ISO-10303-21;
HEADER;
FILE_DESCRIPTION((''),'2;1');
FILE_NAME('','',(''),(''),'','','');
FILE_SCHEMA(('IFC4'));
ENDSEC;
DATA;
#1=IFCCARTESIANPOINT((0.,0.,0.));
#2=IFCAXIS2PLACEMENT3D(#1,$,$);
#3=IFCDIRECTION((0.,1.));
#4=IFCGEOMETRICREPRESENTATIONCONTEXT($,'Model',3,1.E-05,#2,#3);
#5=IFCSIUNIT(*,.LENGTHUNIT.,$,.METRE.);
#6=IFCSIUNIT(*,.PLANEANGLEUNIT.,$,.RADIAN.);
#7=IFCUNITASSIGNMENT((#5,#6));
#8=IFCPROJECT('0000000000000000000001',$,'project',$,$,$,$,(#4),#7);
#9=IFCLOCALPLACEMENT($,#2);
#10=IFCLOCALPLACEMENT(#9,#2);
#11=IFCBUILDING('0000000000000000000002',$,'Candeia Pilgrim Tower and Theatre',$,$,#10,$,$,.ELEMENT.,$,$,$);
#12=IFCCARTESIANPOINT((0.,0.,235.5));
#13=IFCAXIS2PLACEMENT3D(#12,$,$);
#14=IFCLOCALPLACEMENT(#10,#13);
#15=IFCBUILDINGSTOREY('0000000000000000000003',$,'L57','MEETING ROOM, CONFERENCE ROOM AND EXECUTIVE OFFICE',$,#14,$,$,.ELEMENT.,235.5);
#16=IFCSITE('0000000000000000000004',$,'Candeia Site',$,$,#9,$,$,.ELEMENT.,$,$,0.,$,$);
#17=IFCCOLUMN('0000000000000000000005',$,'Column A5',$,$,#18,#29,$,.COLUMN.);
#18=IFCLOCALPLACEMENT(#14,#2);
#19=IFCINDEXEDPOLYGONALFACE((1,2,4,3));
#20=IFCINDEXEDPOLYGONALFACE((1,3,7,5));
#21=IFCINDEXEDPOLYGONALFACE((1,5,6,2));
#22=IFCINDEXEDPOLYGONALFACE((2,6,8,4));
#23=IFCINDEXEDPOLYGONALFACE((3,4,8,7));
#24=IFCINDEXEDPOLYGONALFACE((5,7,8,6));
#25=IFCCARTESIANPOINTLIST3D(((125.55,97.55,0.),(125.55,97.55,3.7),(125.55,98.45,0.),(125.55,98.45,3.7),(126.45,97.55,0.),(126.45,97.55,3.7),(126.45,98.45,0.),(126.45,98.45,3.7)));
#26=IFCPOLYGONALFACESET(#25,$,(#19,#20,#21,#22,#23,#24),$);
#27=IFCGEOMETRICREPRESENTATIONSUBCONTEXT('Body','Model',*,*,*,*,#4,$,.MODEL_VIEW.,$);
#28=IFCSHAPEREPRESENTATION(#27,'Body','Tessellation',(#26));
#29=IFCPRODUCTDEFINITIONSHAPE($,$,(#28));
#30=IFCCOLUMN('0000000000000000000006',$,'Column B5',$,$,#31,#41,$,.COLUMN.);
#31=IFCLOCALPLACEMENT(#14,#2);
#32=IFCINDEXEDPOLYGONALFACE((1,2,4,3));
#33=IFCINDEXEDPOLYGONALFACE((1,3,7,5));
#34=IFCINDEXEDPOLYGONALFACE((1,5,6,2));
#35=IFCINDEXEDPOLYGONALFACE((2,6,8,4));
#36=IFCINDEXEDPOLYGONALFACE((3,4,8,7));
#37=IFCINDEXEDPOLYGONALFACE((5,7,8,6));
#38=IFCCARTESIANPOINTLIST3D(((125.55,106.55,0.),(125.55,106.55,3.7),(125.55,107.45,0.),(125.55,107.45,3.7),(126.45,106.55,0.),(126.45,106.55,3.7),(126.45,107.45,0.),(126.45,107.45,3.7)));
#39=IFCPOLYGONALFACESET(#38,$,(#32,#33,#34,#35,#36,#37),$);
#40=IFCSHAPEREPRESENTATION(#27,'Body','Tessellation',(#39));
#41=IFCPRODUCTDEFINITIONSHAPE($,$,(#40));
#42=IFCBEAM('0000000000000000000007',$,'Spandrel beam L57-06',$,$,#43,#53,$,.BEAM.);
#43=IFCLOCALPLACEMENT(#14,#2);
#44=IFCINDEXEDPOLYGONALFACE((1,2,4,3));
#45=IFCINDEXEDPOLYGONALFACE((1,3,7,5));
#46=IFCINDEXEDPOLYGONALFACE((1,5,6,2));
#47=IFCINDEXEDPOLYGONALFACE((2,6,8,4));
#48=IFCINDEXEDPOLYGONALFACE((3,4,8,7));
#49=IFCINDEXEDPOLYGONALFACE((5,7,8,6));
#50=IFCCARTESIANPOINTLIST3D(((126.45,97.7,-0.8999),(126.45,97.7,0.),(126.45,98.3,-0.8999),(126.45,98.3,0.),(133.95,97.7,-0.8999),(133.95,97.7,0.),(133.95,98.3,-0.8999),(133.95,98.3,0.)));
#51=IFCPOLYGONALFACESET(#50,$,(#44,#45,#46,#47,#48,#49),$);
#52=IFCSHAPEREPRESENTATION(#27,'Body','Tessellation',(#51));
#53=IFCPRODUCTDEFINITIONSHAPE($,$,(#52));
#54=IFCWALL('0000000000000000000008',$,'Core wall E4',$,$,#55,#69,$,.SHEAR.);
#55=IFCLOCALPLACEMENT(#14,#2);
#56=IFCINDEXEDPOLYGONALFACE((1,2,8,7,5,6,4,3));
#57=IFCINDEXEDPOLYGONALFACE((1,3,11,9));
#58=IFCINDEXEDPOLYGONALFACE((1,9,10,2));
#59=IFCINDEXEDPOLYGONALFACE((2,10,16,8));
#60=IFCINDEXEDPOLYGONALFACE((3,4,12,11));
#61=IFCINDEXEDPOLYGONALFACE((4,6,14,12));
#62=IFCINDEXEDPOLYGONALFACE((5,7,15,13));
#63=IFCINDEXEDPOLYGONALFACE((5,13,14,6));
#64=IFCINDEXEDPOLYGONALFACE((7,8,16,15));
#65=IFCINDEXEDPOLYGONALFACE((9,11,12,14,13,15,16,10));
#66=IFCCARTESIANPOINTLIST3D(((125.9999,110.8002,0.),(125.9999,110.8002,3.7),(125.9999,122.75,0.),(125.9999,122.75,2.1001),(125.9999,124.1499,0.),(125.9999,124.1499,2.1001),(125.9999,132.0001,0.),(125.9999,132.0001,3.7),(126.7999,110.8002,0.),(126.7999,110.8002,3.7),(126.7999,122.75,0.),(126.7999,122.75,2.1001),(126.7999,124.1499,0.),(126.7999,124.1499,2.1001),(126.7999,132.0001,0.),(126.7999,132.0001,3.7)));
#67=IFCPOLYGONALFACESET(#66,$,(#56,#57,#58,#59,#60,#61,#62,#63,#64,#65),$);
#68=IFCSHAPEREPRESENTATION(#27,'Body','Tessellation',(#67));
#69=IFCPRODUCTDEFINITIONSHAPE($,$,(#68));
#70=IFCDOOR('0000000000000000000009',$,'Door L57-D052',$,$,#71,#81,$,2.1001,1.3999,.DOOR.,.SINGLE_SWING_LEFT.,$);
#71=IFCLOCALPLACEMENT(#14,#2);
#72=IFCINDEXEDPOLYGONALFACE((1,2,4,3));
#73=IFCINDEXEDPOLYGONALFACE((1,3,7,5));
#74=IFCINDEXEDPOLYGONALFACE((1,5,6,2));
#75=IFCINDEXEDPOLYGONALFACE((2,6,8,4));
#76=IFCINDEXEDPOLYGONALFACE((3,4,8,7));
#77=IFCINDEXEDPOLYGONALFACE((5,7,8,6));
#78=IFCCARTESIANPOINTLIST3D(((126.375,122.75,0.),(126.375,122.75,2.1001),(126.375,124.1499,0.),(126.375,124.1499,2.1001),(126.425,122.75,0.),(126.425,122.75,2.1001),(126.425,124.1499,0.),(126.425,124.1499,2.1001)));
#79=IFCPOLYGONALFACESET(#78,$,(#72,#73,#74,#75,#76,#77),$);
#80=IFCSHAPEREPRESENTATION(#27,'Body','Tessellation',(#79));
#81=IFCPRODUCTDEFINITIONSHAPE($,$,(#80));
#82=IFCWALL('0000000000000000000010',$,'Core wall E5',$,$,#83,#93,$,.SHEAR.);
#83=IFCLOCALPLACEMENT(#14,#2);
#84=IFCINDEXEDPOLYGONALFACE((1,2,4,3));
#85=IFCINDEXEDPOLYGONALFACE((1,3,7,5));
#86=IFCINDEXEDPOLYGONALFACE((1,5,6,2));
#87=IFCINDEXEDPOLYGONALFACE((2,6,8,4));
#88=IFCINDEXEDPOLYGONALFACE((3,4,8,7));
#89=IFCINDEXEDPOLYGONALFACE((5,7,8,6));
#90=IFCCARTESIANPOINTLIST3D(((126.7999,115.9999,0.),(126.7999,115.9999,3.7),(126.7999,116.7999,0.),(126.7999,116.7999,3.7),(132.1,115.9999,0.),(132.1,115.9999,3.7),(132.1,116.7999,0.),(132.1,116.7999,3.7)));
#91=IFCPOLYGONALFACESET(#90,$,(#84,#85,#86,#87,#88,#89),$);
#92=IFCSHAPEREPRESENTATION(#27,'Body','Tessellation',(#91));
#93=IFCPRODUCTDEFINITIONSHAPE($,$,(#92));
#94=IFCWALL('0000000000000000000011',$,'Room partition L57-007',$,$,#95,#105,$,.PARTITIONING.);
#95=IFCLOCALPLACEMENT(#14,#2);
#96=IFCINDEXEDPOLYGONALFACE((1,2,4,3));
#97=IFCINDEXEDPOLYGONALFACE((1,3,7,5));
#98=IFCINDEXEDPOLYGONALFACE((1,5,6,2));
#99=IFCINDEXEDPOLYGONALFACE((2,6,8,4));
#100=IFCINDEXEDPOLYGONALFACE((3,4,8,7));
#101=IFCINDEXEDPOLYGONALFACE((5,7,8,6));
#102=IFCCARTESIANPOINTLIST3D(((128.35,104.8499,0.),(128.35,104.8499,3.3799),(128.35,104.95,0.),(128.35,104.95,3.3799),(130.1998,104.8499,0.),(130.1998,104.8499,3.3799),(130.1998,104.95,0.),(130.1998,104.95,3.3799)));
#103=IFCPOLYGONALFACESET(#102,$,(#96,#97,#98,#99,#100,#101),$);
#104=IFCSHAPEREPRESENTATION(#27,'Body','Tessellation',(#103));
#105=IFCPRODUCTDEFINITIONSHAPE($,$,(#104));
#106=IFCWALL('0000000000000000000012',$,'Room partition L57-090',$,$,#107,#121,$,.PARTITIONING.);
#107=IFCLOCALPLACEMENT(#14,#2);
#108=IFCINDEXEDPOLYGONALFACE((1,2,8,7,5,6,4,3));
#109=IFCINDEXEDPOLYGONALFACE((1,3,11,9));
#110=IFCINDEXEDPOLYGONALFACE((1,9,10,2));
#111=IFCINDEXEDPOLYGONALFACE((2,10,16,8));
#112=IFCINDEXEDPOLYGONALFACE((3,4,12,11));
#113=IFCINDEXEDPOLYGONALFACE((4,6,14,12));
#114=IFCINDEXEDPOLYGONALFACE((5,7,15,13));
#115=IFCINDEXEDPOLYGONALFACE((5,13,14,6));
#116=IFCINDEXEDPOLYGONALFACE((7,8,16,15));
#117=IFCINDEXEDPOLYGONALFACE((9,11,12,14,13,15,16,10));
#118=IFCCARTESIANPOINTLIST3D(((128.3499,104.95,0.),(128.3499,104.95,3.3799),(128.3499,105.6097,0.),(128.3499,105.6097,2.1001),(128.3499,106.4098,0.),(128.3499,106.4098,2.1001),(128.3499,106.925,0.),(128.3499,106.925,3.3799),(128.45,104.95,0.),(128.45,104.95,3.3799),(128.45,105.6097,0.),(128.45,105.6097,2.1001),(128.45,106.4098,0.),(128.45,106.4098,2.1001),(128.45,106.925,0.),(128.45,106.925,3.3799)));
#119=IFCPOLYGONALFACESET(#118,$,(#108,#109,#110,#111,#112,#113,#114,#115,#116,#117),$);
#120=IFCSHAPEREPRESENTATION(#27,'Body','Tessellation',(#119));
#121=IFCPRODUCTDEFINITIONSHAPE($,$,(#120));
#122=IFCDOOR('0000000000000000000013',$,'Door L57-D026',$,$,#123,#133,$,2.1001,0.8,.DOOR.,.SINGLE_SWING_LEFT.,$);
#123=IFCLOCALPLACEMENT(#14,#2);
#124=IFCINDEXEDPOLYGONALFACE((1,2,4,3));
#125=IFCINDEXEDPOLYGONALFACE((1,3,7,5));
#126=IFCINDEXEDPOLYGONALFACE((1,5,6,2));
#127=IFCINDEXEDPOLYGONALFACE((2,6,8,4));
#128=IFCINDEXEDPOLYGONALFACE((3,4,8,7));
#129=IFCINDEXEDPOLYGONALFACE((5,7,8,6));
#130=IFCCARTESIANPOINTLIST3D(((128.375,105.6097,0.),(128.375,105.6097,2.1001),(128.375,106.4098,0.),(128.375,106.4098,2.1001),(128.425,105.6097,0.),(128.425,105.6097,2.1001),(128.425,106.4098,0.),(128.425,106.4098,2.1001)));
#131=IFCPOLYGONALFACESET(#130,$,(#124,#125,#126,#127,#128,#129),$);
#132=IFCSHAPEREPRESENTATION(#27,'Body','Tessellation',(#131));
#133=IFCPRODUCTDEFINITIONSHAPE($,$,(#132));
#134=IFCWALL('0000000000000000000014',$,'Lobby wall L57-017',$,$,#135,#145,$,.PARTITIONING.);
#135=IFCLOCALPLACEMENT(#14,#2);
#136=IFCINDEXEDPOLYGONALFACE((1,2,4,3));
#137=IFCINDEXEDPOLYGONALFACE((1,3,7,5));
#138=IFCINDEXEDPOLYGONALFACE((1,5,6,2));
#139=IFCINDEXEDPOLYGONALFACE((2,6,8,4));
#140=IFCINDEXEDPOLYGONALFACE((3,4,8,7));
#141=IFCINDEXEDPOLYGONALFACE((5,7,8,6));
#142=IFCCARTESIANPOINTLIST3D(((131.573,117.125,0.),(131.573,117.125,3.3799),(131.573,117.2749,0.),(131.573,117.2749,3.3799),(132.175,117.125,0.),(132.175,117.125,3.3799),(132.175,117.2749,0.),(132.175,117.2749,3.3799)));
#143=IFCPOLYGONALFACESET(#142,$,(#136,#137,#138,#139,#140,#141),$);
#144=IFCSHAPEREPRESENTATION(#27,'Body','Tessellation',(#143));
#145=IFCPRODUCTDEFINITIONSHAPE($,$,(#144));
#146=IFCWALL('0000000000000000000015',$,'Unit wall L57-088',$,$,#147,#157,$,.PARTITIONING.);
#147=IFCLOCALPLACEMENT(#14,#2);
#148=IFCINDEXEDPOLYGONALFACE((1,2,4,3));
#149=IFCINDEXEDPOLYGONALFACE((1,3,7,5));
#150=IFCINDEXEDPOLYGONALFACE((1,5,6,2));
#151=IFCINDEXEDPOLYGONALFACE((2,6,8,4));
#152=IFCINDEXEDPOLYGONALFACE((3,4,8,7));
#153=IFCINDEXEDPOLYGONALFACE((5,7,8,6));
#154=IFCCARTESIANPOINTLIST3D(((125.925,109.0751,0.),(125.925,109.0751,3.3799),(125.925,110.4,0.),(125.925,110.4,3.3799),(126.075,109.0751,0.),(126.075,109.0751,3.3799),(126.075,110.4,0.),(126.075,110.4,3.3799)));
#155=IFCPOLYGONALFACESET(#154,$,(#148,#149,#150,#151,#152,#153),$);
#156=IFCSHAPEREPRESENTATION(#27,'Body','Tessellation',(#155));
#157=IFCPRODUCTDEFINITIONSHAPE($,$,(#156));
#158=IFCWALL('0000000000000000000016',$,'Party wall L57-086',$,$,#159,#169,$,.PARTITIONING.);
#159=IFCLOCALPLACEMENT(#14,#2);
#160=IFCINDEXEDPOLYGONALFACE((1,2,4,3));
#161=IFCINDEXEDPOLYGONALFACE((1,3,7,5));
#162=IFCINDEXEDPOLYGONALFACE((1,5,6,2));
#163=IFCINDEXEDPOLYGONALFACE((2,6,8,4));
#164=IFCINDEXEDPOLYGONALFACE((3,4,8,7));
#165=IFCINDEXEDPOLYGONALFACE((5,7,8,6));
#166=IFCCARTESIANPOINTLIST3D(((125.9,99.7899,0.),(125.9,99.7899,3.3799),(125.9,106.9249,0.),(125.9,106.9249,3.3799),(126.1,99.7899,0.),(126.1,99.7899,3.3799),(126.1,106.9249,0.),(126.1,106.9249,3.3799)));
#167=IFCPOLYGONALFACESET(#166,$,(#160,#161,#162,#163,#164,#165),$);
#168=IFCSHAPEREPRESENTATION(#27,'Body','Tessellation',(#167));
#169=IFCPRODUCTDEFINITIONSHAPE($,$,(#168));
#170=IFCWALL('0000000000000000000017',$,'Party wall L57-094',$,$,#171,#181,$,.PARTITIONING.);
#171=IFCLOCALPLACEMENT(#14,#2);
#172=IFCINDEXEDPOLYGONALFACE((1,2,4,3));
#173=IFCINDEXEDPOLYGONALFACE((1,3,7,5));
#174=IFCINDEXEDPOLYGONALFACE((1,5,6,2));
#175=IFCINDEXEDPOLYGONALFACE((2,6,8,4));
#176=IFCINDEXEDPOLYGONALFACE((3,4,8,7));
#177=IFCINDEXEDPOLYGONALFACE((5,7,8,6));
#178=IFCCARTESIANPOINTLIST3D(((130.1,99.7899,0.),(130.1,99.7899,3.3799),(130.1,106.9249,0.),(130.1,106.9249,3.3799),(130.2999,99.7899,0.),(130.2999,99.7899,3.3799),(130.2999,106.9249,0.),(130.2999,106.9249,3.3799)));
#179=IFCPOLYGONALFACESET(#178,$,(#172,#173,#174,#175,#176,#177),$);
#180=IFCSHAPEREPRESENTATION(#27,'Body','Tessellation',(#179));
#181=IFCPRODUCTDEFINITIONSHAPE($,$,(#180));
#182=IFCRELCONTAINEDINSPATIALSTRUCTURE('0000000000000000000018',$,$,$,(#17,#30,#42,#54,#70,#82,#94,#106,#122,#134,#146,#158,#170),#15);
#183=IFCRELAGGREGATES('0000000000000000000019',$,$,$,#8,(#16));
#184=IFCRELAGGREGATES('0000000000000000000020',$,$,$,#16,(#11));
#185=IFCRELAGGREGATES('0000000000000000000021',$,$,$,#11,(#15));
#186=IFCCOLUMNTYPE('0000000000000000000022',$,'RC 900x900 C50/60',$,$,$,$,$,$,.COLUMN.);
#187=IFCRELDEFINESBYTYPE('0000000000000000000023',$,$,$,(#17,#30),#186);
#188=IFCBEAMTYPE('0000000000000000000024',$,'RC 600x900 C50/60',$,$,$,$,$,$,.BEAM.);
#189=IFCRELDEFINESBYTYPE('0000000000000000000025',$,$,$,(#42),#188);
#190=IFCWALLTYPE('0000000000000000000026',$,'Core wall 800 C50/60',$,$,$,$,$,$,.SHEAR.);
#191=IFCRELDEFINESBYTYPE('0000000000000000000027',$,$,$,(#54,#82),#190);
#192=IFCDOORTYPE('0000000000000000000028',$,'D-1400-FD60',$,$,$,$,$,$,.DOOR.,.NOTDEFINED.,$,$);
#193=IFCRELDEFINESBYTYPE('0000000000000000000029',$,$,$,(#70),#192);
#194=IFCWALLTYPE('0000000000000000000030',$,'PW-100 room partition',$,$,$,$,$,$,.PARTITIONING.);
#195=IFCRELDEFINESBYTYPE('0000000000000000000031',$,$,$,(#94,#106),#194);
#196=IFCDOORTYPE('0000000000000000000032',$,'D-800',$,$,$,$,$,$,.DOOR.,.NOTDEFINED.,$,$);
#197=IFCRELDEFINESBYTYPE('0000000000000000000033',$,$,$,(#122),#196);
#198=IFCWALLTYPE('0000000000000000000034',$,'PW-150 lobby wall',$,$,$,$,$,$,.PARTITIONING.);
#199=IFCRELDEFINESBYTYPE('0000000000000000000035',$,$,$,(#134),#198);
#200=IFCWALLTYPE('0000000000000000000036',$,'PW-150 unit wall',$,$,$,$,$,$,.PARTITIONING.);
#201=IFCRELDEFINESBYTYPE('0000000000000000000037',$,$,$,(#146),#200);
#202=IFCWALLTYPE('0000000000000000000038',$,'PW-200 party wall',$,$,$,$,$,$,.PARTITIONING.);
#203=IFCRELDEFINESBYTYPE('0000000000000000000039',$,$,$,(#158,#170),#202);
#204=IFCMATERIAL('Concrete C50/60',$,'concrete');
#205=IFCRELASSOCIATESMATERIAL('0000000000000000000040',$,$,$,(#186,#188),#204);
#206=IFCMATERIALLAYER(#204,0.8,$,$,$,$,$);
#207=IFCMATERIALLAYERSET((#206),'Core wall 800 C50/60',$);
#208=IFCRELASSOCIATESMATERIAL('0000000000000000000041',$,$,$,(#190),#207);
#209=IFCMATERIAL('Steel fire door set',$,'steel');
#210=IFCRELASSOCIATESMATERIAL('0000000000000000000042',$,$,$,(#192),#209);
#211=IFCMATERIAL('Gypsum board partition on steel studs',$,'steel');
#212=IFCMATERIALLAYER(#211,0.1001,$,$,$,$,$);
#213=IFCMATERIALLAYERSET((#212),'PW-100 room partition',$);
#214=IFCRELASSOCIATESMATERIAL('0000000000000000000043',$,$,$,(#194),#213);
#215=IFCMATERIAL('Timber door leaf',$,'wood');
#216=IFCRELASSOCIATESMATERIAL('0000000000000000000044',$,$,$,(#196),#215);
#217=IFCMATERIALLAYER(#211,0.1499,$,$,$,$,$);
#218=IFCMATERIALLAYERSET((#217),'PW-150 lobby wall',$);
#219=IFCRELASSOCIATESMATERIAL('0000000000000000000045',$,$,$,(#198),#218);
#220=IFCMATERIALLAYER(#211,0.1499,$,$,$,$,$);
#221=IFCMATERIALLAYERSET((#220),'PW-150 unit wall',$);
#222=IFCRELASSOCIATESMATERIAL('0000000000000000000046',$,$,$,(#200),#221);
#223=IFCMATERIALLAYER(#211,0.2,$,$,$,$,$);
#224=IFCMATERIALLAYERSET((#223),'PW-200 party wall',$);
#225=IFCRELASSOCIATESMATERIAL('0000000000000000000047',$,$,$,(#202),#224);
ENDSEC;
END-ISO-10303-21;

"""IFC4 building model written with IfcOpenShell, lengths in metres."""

from ifc_helpers import new_model, si_unit, direction, frame, frame_2d, origin, origin_2d, place, context, subcontext, project, spatial, rectangle, extrude, material, layer, layer_set, material_profile, profile_set, type_object, element, fill, save


model = new_model("IFC4")

# Units and contexts
model_context = context("Model", 3, precision=1e-05, world=origin(), true_north=direction((0.0, 1.0)))
body_context = subcontext(model_context, "Body", "Model", "MODEL_VIEW")
ifc_project = project(units=[si_unit("LENGTHUNIT", "METRE"), si_unit("PLANEANGLEUNIT", "RADIAN")], contexts=[model_context])

# Site, building, storey
site_placement = place(None, origin())
site = spatial("IfcSite", under=ifc_project, at=site_placement, Name="Candeia Site", CompositionType="ELEMENT", RefElevation=0.0)
building_placement = place(site_placement, origin())
building = spatial("IfcBuilding", under=site, at=building_placement, Name="Candeia Pilgrim Tower and Theatre", CompositionType="ELEMENT")
storey_placement = place(building_placement, frame((0.0, 0.0, 235.5)))
storey = spatial("IfcBuildingStorey", under=building, at=storey_placement, Name="L57", Description="MEETING ROOM, CONFERENCE ROOM AND EXECUTIVE OFFICE", CompositionType="ELEMENT", Elevation=235.5)

# Columns
ifc_material_1 = material(Name="Concrete C50/60", Category="concrete")
ifc_material_profile_1 = material_profile(ifc_material_1, rectangle(XDim=0.8999, YDim=0.8999, at=origin_2d()))
ifc_profile_set_1 = profile_set([ifc_material_profile_1], Name="Concrete C50/60")
column_type = type_object("IfcColumnType", Name="RC 900x900 C50/60", PredefinedType="COLUMN", material=ifc_profile_set_1)
for number, where, z_axis, x_axis, name in (
    (1, (126.0, 98.0, 0.0), (0.0, 0.0, 1.0), (1.0, 0.0, 0.0), "Column A5"),
    (2, (126.0, 107.0, 0.0), (0.0, 0.0, 1.0), (1.0, 0.0, 0.0), "Column B5"),
):
    element("IfcColumn", number, at=place(storey_placement, frame(where, z_axis=z_axis, x_axis=x_axis)), inside=storey, type_object=column_type, Name=name, PredefinedType="COLUMN", context=body_context, shape_type="SweptSolid", body=[
        extrude(rectangle(XDim=0.8999, YDim=0.8999, at=origin_2d()), origin(), (0.0, 0.0, 1.0), 3.7),
    ])

# Beam
ifc_material_profile_2 = material_profile(ifc_material_1, rectangle(XDim=0.6001, YDim=0.8999, at=origin_2d()))
ifc_profile_set_2 = profile_set([ifc_material_profile_2], Name="Concrete C50/60")
beam_type = type_object("IfcBeamType", Name="RC 600x900 C50/60", PredefinedType="BEAM", material=ifc_profile_set_2)
beam_placement = place(storey_placement, frame((126.45, 98.0, -0.45), z_axis=(1.0, 0.0, 0.0), x_axis=(0.0, 1.0, 0.0)))
element("IfcBeam", 3, at=beam_placement, inside=storey, type_object=beam_type, Name="Spandrel beam L57-06", PredefinedType="BEAM", context=body_context, shape_type="SweptSolid", body=[
    extrude(rectangle(XDim=0.6001, YDim=0.8999, at=origin_2d()), origin(), (0.0, 0.0, 1.0), 7.5),
])

# Wall, opening, door
ifc_layer_1 = layer(ifc_material_1, 0.8)
ifc_layer_set_1 = layer_set([ifc_layer_1], Name="Core wall 800 C50/60")
wall_type_1 = type_object("IfcWallType", Name="Core wall 800 C50/60", PredefinedType="SHEAR", material=ifc_layer_set_1)
wall_1_placement = place(storey_placement, frame((126.3999, 110.8, 0.0), z_axis=(0.0, 0.0, 1.0), x_axis=(0.0, 1.0, 0.0)))
wall_1 = element("IfcWall", 4, at=wall_1_placement, inside=storey, type_object=wall_type_1, Name="Core wall E4", PredefinedType="SHEAR", context=body_context, shape_type="SweptSolid", body=[
    extrude(rectangle(XDim=21.2, YDim=0.8, at=frame_2d((10.6001, 0.0))), origin(), (0.0, 0.0, 1.0), 3.7),
])
opening_1_placement = place(wall_1_placement, frame((11.95, 0.0, 0.0)))
opening_1 = element("IfcOpeningElement", 5, at=opening_1_placement, cuts=wall_1, PredefinedType="OPENING", context=body_context, shape_type="SweptSolid", body=[
    extrude(rectangle(XDim=1.3999, YDim=2.1001, at=frame_2d((0.7, 1.05))), frame((0.0, 0.4102, 0.0), z_axis=(0.0, -1.0, 0.0), x_axis=(1.0, 0.0, 0.0)), (0.0, 0.0, 1.0), 0.8201),
])
ifc_material_2 = material(Name="Steel fire door set", Category="steel")
door_type_1 = type_object("IfcDoorType", Name="D-1400-FD60", OperationType="NOTDEFINED", PredefinedType="DOOR", material=ifc_material_2)
door_1_placement = place(opening_1_placement, origin())
door_1 = element("IfcDoor", 6, at=door_1_placement, inside=storey, type_object=door_type_1, Name="Door L57-D052", OperationType="SINGLE_SWING_LEFT", OverallHeight=2.1001, OverallWidth=1.3999, PredefinedType="DOOR", context=body_context, shape_type="SweptSolid", body=[
    extrude(rectangle(XDim=1.3999, YDim=2.1001, at=frame_2d((0.7, 1.05))), frame((0.0, 0.0249, 0.0), z_axis=(0.0, -1.0, 0.0), x_axis=(1.0, 0.0, 0.0)), (0.0, 0.0, 1.0), 0.05),
])
fill(opening_1, door_1)

# Walls
wall_2_placement = place(storey_placement, frame((126.8, 116.3999, 0.0), z_axis=(0.0, 0.0, 1.0), x_axis=(1.0, 0.0, 0.0)))
element("IfcWall", 7, at=wall_2_placement, inside=storey, type_object=wall_type_1, Name="Core wall E5", PredefinedType="SHEAR", context=body_context, shape_type="SweptSolid", body=[
    extrude(rectangle(XDim=5.3, YDim=0.8, at=frame_2d((2.6499, 0.0))), origin(), (0.0, 0.0, 1.0), 3.7),
])
ifc_material_3 = material(Name="Gypsum board partition on steel studs", Category="steel")
ifc_layer_2 = layer(ifc_material_3, 0.1001)
ifc_layer_set_2 = layer_set([ifc_layer_2], Name="PW-100 room partition")
wall_type_2 = type_object("IfcWallType", Name="PW-100 room partition", PredefinedType="PARTITIONING", material=ifc_layer_set_2)
wall_3_placement = place(storey_placement, frame((128.3501, 104.8999, 0.0), z_axis=(0.0, 0.0, 1.0), x_axis=(1.0, 0.0, 0.0)))
element("IfcWall", 8, at=wall_3_placement, inside=storey, type_object=wall_type_2, Name="Room partition L57-007", PredefinedType="PARTITIONING", context=body_context, shape_type="SweptSolid", body=[
    extrude(rectangle(XDim=1.8499, YDim=0.1001, at=frame_2d((0.9248, 0.0))), origin(), (0.0, 0.0, 1.0), 3.3799),
])

# Wall, opening, door
wall_4_placement = place(storey_placement, frame((128.3999, 104.95, 0.0), z_axis=(0.0, 0.0, 1.0), x_axis=(0.0, 1.0, 0.0)))
wall_4 = element("IfcWall", 9, at=wall_4_placement, inside=storey, type_object=wall_type_2, Name="Room partition L57-090", PredefinedType="PARTITIONING", context=body_context, shape_type="SweptSolid", body=[
    extrude(rectangle(XDim=1.9751, YDim=0.1001, at=frame_2d((0.9875, 0.0))), origin(), (0.0, 0.0, 1.0), 3.3799),
])
opening_2_placement = place(wall_4_placement, frame((0.6599, 0.0, 0.0)))
opening_2 = element("IfcOpeningElement", 10, at=opening_2_placement, cuts=wall_4, PredefinedType="OPENING", context=body_context, shape_type="SweptSolid", body=[
    extrude(rectangle(XDim=0.8, YDim=2.1001, at=frame_2d((0.3999, 1.05))), frame((0.0, 0.0601, 0.0), z_axis=(0.0, -1.0, 0.0), x_axis=(1.0, 0.0, 0.0)), (0.0, 0.0, 1.0), 0.1201),
])
ifc_material_4 = material(Name="Timber door leaf", Category="wood")
door_type_2 = type_object("IfcDoorType", Name="D-800", OperationType="NOTDEFINED", PredefinedType="DOOR", material=ifc_material_4)
door_2_placement = place(opening_2_placement, origin())
door_2 = element("IfcDoor", 11, at=door_2_placement, inside=storey, type_object=door_type_2, Name="Door L57-D026", OperationType="SINGLE_SWING_LEFT", OverallHeight=2.1001, OverallWidth=0.8, PredefinedType="DOOR", context=body_context, shape_type="SweptSolid", body=[
    extrude(rectangle(XDim=0.8, YDim=2.1001, at=frame_2d((0.3999, 1.05))), frame((0.0, 0.0249, 0.0), z_axis=(0.0, -1.0, 0.0), x_axis=(1.0, 0.0, 0.0)), (0.0, 0.0, 1.0), 0.05),
])
fill(opening_2, door_2)

# Walls
ifc_layer_3 = layer(ifc_material_3, 0.1499)
ifc_layer_set_3 = layer_set([ifc_layer_3], Name="PW-150 lobby wall")
wall_type_3 = type_object("IfcWallType", Name="PW-150 lobby wall", PredefinedType="PARTITIONING", material=ifc_layer_set_3)
wall_5_placement = place(storey_placement, frame((131.573, 117.2, 0.0), z_axis=(0.0, 0.0, 1.0), x_axis=(1.0, 0.0, 0.0)))
element("IfcWall", 12, at=wall_5_placement, inside=storey, type_object=wall_type_3, Name="Lobby wall L57-017", PredefinedType="PARTITIONING", context=body_context, shape_type="SweptSolid", body=[
    extrude(rectangle(XDim=0.6021, YDim=0.1499, at=frame_2d((0.301, 0.0))), origin(), (0.0, 0.0, 1.0), 3.3799),
])
ifc_layer_4 = layer(ifc_material_3, 0.1499)
ifc_layer_set_4 = layer_set([ifc_layer_4], Name="PW-150 unit wall")
wall_type_4 = type_object("IfcWallType", Name="PW-150 unit wall", PredefinedType="PARTITIONING", material=ifc_layer_set_4)
wall_6_placement = place(storey_placement, frame((126.0, 109.075, 0.0), z_axis=(0.0, 0.0, 1.0), x_axis=(0.0, 1.0, 0.0)))
element("IfcWall", 13, at=wall_6_placement, inside=storey, type_object=wall_type_4, Name="Unit wall L57-088", PredefinedType="PARTITIONING", context=body_context, shape_type="SweptSolid", body=[
    extrude(rectangle(XDim=1.325, YDim=0.1499, at=frame_2d((0.6626, 0.0))), origin(), (0.0, 0.0, 1.0), 3.3799),
])
ifc_layer_5 = layer(ifc_material_3, 0.2)
ifc_layer_set_5 = layer_set([ifc_layer_5], Name="PW-200 party wall")
wall_type_5 = type_object("IfcWallType", Name="PW-200 party wall", PredefinedType="PARTITIONING", material=ifc_layer_set_5)
for number, where, z_axis, x_axis, name in (
    (14, (126.0, 99.79, 0.0), (0.0, 0.0, 1.0), (0.0, 1.0, 0.0), "Party wall L57-086"),
    (15, (130.2, 99.79, 0.0), (0.0, 0.0, 1.0), (0.0, 1.0, 0.0), "Party wall L57-094"),
):
    element("IfcWall", number, at=place(storey_placement, frame(where, z_axis=z_axis, x_axis=x_axis)), inside=storey, type_object=wall_type_5, Name=name, PredefinedType="PARTITIONING", context=body_context, shape_type="SweptSolid", body=[
        extrude(rectangle(XDim=7.135, YDim=0.2, at=frame_2d((3.5674, 0.0))), origin(), (0.0, 0.0, 1.0), 3.3799),
    ])

save(model, "model.ifc")
